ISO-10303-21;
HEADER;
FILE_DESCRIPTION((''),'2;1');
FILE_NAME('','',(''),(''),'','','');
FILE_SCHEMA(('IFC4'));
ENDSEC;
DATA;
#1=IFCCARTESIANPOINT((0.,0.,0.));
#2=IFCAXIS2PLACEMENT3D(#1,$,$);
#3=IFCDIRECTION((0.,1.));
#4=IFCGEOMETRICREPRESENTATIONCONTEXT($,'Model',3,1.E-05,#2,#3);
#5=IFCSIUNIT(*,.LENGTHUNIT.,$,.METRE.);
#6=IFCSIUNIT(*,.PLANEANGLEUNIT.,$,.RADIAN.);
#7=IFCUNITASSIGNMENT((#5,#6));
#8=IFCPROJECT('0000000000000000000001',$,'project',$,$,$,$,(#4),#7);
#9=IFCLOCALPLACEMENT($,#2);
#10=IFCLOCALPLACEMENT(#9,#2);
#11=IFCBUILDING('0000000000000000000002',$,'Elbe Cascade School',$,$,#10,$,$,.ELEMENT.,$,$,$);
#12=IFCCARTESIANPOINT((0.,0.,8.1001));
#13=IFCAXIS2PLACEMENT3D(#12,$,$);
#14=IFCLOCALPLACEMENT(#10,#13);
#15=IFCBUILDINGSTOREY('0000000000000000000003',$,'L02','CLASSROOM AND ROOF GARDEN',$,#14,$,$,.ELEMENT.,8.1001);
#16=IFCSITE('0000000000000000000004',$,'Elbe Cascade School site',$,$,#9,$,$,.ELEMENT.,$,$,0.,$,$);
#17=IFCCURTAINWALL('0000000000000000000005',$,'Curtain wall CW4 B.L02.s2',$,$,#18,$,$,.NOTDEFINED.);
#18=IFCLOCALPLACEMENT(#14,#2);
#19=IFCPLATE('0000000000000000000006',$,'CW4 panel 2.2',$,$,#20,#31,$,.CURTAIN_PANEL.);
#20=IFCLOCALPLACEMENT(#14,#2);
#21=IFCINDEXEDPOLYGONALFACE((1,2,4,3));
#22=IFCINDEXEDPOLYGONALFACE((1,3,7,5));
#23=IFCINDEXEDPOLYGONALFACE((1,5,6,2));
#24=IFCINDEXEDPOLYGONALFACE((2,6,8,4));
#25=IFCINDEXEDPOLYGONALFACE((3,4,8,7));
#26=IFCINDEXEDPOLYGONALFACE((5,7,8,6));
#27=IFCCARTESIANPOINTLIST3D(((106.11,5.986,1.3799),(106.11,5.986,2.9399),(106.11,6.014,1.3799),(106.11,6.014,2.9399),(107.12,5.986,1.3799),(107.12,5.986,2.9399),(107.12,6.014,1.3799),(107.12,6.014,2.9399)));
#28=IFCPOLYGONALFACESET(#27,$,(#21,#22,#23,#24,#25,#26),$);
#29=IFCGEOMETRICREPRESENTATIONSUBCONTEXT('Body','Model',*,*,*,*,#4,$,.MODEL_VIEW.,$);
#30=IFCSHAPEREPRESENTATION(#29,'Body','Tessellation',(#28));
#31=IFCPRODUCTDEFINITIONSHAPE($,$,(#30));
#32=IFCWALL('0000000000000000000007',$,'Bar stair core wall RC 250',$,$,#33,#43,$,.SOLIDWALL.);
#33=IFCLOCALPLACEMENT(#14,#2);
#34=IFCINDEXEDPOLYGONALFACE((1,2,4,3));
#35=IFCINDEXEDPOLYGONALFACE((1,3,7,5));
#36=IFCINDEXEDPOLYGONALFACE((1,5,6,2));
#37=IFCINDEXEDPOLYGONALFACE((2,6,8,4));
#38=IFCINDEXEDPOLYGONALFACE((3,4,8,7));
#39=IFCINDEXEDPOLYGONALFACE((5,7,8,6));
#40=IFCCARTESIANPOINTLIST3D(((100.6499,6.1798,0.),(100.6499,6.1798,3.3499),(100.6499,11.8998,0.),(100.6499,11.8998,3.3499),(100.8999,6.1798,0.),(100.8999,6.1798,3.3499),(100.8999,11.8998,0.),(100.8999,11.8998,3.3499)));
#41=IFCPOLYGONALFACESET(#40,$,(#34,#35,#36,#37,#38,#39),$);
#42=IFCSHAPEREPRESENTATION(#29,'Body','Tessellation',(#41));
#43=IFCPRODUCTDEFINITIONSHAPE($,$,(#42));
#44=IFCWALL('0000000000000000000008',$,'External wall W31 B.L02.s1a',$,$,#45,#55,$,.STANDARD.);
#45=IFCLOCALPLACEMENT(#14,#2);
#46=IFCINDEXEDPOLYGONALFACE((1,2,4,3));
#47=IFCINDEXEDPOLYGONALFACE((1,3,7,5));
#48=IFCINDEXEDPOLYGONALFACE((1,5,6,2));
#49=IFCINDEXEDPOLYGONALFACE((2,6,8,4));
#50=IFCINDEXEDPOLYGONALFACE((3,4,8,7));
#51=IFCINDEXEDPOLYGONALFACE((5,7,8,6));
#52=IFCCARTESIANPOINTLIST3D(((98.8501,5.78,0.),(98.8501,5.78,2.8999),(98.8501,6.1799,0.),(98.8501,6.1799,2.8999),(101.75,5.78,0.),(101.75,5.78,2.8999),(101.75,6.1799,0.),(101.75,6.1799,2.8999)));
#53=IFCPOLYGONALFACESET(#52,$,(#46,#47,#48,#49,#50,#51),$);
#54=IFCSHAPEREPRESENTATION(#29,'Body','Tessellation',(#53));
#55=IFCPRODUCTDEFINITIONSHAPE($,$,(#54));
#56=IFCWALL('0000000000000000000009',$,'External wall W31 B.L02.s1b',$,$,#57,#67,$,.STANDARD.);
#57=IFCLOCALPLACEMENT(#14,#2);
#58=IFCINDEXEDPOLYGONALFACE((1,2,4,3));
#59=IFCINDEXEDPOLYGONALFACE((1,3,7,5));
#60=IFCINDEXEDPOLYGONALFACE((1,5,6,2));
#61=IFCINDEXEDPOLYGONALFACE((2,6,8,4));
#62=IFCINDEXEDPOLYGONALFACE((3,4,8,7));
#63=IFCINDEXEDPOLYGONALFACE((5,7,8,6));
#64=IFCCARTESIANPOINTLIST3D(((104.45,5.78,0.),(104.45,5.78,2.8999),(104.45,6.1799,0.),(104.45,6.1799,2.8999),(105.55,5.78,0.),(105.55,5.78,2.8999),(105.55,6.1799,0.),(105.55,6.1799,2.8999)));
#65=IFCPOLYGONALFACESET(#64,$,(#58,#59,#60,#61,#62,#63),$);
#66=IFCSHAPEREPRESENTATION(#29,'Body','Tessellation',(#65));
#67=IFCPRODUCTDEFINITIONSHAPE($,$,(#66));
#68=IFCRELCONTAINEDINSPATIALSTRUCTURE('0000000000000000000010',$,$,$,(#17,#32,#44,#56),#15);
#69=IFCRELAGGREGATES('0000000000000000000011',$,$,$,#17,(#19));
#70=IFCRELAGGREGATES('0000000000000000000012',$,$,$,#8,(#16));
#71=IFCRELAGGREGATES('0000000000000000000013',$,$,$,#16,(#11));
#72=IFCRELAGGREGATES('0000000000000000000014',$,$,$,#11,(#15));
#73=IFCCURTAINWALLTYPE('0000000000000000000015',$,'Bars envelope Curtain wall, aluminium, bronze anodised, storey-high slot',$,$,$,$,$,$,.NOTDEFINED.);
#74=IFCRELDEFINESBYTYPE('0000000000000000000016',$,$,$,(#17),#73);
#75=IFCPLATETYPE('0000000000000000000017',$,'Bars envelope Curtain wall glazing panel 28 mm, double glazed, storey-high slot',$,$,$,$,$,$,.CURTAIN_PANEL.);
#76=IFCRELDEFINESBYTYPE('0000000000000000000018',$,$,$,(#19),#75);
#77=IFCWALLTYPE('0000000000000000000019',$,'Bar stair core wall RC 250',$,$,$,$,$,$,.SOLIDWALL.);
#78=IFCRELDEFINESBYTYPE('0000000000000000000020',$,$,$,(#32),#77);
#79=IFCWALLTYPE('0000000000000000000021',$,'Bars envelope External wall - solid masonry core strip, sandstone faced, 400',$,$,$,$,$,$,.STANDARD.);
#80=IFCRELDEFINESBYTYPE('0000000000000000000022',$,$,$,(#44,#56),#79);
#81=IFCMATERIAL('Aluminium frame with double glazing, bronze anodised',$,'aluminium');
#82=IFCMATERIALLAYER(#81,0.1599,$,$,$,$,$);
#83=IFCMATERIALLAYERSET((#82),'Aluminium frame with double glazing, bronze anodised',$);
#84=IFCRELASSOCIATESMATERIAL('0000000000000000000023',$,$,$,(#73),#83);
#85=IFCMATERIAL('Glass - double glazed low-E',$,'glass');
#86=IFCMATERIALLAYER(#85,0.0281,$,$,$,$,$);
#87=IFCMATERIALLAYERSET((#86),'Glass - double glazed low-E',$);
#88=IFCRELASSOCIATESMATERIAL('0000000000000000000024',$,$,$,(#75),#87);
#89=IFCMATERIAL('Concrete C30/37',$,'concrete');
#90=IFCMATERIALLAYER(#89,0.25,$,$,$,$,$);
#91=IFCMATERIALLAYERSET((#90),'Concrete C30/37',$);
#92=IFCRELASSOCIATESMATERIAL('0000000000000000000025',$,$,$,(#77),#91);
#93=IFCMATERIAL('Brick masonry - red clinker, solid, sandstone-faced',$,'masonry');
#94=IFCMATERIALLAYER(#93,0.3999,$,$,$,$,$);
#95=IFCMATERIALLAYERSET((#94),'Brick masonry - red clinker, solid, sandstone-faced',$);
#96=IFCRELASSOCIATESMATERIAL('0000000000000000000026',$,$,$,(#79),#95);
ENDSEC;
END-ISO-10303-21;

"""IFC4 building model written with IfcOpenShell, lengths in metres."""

from ifc_helpers import new_model, si_unit, direction, frame, frame_2d, origin, origin_2d, place, context, subcontext, project, spatial, rectangle, extrude, material, layer, layer_set, type_object, element, aggregate, save


model = new_model("IFC4")

# Units and contexts
model_context = context("Model", 3, precision=1e-05, world=origin(), true_north=direction((0.0, 1.0)))
body_context = subcontext(model_context, "Body", "Model", "MODEL_VIEW")
ifc_project = project(units=[si_unit("LENGTHUNIT", "METRE"), si_unit("PLANEANGLEUNIT", "RADIAN")], contexts=[model_context])

# Site, building, storey
site_placement = place(None, origin())
site = spatial("IfcSite", under=ifc_project, at=site_placement, Name="Elbe Cascade School site", CompositionType="ELEMENT", RefElevation=0.0)
building_placement = place(site_placement, origin())
building = spatial("IfcBuilding", under=site, at=building_placement, Name="Elbe Cascade School", CompositionType="ELEMENT")
storey_placement = place(building_placement, frame((0.0, 0.0, 8.1001)))
storey = spatial("IfcBuildingStorey", under=building, at=storey_placement, Name="L02", Description="CLASSROOM AND ROOF GARDEN", CompositionType="ELEMENT", Elevation=8.1001)

# Curtain wall
ifc_material_1 = material(Name="Aluminium frame with double glazing, bronze anodised", Category="aluminium")
ifc_layer_1 = layer(ifc_material_1, 0.1599)
ifc_layer_set_1 = layer_set([ifc_layer_1], Name="Aluminium frame with double glazing, bronze anodised")
curtain_wall_type = type_object("IfcCurtainWallType", Name="Bars envelope Curtain wall, aluminium, bronze anodised, storey-high slot", PredefinedType="NOTDEFINED", material=ifc_layer_set_1)
curtain_wall_1_placement = place(storey_placement, origin())
curtain_wall_1 = element("IfcCurtainWall", 1, at=curtain_wall_1_placement, inside=storey, type_object=curtain_wall_type, Name="Curtain wall CW4 B.L02.s2", PredefinedType="NOTDEFINED")

# Plate
ifc_material_2 = material(Name="Glass - double glazed low-E", Category="glass")
ifc_layer_2 = layer(ifc_material_2, 0.0281)
ifc_layer_set_2 = layer_set([ifc_layer_2], Name="Glass - double glazed low-E")
plate_type = type_object("IfcPlateType", Name="Bars envelope Curtain wall glazing panel 28 mm, double glazed, storey-high slot", PredefinedType="CURTAIN_PANEL", material=ifc_layer_set_2)
plate_1_placement = place(storey_placement, frame((106.615, 6.0, 1.3799), z_axis=(0.0, 0.0, 1.0), x_axis=(-1.0, 0.0, 0.0)))
plate_1 = element("IfcPlate", 2, at=plate_1_placement, type_object=plate_type, Name="CW4 panel 2.2", PredefinedType="CURTAIN_PANEL", context=body_context, shape_type="SweptSolid", body=[
    extrude(rectangle(XDim=1.01, YDim=0.0281, at=origin_2d()), origin(), (0.0, 0.0, 1.0), 1.5601),
])
aggregate(curtain_wall_1, [plate_1])

# Walls
ifc_material_3 = material(Name="Concrete C30/37", Category="concrete")
ifc_layer_3 = layer(ifc_material_3, 0.25)
ifc_layer_set_3 = layer_set([ifc_layer_3], Name="Concrete C30/37")
wall_type_1 = type_object("IfcWallType", Name="Bar stair core wall RC 250", PredefinedType="SOLIDWALL", material=ifc_layer_set_3)
wall_1_placement = place(storey_placement, frame((100.7749, 6.1799, 0.0), z_axis=(0.0, 0.0, 1.0), x_axis=(0.0, 1.0, 0.0)))
element("IfcWall", 3, at=wall_1_placement, inside=storey, type_object=wall_type_1, Name="Bar stair core wall RC 250", PredefinedType="SOLIDWALL", context=body_context, shape_type="SweptSolid", body=[
    extrude(rectangle(XDim=5.72, YDim=0.25, at=frame_2d((2.8599, 0.0))), origin(), (0.0, 0.0, 1.0), 3.3499),
])
ifc_material_4 = material(Name="Brick masonry - red clinker, solid, sandstone-faced", Category="masonry")
ifc_layer_4 = layer(ifc_material_4, 0.3999)
ifc_layer_set_4 = layer_set([ifc_layer_4], Name="Brick masonry - red clinker, solid, sandstone-faced")
wall_type_2 = type_object("IfcWallType", Name="Bars envelope External wall - solid masonry core strip, sandstone faced, 400", PredefinedType="STANDARD", material=ifc_layer_set_4)
wall_2_placement = place(storey_placement, frame((101.75, 5.98, 0.0), z_axis=(0.0, 0.0, 1.0), x_axis=(-1.0, 0.0, 0.0)))
element("IfcWall", 4, at=wall_2_placement, inside=storey, type_object=wall_type_2, Name="External wall W31 B.L02.s1a", PredefinedType="STANDARD", context=body_context, shape_type="SweptSolid", body=[
    extrude(rectangle(XDim=2.8999, YDim=0.3999, at=frame_2d((1.45, 0.0))), origin(), (0.0, 0.0, 1.0), 2.8999),
])
wall_3_placement = place(storey_placement, frame((105.55, 5.98, 0.0), z_axis=(0.0, 0.0, 1.0), x_axis=(-1.0, 0.0, 0.0)))
element("IfcWall", 5, at=wall_3_placement, inside=storey, type_object=wall_type_2, Name="External wall W31 B.L02.s1b", PredefinedType="STANDARD", context=body_context, shape_type="SweptSolid", body=[
    extrude(rectangle(XDim=1.1001, YDim=0.3999, at=frame_2d((0.55, 0.0))), origin(), (0.0, 0.0, 1.0), 2.8999),
])

save(model, "model.ifc")
